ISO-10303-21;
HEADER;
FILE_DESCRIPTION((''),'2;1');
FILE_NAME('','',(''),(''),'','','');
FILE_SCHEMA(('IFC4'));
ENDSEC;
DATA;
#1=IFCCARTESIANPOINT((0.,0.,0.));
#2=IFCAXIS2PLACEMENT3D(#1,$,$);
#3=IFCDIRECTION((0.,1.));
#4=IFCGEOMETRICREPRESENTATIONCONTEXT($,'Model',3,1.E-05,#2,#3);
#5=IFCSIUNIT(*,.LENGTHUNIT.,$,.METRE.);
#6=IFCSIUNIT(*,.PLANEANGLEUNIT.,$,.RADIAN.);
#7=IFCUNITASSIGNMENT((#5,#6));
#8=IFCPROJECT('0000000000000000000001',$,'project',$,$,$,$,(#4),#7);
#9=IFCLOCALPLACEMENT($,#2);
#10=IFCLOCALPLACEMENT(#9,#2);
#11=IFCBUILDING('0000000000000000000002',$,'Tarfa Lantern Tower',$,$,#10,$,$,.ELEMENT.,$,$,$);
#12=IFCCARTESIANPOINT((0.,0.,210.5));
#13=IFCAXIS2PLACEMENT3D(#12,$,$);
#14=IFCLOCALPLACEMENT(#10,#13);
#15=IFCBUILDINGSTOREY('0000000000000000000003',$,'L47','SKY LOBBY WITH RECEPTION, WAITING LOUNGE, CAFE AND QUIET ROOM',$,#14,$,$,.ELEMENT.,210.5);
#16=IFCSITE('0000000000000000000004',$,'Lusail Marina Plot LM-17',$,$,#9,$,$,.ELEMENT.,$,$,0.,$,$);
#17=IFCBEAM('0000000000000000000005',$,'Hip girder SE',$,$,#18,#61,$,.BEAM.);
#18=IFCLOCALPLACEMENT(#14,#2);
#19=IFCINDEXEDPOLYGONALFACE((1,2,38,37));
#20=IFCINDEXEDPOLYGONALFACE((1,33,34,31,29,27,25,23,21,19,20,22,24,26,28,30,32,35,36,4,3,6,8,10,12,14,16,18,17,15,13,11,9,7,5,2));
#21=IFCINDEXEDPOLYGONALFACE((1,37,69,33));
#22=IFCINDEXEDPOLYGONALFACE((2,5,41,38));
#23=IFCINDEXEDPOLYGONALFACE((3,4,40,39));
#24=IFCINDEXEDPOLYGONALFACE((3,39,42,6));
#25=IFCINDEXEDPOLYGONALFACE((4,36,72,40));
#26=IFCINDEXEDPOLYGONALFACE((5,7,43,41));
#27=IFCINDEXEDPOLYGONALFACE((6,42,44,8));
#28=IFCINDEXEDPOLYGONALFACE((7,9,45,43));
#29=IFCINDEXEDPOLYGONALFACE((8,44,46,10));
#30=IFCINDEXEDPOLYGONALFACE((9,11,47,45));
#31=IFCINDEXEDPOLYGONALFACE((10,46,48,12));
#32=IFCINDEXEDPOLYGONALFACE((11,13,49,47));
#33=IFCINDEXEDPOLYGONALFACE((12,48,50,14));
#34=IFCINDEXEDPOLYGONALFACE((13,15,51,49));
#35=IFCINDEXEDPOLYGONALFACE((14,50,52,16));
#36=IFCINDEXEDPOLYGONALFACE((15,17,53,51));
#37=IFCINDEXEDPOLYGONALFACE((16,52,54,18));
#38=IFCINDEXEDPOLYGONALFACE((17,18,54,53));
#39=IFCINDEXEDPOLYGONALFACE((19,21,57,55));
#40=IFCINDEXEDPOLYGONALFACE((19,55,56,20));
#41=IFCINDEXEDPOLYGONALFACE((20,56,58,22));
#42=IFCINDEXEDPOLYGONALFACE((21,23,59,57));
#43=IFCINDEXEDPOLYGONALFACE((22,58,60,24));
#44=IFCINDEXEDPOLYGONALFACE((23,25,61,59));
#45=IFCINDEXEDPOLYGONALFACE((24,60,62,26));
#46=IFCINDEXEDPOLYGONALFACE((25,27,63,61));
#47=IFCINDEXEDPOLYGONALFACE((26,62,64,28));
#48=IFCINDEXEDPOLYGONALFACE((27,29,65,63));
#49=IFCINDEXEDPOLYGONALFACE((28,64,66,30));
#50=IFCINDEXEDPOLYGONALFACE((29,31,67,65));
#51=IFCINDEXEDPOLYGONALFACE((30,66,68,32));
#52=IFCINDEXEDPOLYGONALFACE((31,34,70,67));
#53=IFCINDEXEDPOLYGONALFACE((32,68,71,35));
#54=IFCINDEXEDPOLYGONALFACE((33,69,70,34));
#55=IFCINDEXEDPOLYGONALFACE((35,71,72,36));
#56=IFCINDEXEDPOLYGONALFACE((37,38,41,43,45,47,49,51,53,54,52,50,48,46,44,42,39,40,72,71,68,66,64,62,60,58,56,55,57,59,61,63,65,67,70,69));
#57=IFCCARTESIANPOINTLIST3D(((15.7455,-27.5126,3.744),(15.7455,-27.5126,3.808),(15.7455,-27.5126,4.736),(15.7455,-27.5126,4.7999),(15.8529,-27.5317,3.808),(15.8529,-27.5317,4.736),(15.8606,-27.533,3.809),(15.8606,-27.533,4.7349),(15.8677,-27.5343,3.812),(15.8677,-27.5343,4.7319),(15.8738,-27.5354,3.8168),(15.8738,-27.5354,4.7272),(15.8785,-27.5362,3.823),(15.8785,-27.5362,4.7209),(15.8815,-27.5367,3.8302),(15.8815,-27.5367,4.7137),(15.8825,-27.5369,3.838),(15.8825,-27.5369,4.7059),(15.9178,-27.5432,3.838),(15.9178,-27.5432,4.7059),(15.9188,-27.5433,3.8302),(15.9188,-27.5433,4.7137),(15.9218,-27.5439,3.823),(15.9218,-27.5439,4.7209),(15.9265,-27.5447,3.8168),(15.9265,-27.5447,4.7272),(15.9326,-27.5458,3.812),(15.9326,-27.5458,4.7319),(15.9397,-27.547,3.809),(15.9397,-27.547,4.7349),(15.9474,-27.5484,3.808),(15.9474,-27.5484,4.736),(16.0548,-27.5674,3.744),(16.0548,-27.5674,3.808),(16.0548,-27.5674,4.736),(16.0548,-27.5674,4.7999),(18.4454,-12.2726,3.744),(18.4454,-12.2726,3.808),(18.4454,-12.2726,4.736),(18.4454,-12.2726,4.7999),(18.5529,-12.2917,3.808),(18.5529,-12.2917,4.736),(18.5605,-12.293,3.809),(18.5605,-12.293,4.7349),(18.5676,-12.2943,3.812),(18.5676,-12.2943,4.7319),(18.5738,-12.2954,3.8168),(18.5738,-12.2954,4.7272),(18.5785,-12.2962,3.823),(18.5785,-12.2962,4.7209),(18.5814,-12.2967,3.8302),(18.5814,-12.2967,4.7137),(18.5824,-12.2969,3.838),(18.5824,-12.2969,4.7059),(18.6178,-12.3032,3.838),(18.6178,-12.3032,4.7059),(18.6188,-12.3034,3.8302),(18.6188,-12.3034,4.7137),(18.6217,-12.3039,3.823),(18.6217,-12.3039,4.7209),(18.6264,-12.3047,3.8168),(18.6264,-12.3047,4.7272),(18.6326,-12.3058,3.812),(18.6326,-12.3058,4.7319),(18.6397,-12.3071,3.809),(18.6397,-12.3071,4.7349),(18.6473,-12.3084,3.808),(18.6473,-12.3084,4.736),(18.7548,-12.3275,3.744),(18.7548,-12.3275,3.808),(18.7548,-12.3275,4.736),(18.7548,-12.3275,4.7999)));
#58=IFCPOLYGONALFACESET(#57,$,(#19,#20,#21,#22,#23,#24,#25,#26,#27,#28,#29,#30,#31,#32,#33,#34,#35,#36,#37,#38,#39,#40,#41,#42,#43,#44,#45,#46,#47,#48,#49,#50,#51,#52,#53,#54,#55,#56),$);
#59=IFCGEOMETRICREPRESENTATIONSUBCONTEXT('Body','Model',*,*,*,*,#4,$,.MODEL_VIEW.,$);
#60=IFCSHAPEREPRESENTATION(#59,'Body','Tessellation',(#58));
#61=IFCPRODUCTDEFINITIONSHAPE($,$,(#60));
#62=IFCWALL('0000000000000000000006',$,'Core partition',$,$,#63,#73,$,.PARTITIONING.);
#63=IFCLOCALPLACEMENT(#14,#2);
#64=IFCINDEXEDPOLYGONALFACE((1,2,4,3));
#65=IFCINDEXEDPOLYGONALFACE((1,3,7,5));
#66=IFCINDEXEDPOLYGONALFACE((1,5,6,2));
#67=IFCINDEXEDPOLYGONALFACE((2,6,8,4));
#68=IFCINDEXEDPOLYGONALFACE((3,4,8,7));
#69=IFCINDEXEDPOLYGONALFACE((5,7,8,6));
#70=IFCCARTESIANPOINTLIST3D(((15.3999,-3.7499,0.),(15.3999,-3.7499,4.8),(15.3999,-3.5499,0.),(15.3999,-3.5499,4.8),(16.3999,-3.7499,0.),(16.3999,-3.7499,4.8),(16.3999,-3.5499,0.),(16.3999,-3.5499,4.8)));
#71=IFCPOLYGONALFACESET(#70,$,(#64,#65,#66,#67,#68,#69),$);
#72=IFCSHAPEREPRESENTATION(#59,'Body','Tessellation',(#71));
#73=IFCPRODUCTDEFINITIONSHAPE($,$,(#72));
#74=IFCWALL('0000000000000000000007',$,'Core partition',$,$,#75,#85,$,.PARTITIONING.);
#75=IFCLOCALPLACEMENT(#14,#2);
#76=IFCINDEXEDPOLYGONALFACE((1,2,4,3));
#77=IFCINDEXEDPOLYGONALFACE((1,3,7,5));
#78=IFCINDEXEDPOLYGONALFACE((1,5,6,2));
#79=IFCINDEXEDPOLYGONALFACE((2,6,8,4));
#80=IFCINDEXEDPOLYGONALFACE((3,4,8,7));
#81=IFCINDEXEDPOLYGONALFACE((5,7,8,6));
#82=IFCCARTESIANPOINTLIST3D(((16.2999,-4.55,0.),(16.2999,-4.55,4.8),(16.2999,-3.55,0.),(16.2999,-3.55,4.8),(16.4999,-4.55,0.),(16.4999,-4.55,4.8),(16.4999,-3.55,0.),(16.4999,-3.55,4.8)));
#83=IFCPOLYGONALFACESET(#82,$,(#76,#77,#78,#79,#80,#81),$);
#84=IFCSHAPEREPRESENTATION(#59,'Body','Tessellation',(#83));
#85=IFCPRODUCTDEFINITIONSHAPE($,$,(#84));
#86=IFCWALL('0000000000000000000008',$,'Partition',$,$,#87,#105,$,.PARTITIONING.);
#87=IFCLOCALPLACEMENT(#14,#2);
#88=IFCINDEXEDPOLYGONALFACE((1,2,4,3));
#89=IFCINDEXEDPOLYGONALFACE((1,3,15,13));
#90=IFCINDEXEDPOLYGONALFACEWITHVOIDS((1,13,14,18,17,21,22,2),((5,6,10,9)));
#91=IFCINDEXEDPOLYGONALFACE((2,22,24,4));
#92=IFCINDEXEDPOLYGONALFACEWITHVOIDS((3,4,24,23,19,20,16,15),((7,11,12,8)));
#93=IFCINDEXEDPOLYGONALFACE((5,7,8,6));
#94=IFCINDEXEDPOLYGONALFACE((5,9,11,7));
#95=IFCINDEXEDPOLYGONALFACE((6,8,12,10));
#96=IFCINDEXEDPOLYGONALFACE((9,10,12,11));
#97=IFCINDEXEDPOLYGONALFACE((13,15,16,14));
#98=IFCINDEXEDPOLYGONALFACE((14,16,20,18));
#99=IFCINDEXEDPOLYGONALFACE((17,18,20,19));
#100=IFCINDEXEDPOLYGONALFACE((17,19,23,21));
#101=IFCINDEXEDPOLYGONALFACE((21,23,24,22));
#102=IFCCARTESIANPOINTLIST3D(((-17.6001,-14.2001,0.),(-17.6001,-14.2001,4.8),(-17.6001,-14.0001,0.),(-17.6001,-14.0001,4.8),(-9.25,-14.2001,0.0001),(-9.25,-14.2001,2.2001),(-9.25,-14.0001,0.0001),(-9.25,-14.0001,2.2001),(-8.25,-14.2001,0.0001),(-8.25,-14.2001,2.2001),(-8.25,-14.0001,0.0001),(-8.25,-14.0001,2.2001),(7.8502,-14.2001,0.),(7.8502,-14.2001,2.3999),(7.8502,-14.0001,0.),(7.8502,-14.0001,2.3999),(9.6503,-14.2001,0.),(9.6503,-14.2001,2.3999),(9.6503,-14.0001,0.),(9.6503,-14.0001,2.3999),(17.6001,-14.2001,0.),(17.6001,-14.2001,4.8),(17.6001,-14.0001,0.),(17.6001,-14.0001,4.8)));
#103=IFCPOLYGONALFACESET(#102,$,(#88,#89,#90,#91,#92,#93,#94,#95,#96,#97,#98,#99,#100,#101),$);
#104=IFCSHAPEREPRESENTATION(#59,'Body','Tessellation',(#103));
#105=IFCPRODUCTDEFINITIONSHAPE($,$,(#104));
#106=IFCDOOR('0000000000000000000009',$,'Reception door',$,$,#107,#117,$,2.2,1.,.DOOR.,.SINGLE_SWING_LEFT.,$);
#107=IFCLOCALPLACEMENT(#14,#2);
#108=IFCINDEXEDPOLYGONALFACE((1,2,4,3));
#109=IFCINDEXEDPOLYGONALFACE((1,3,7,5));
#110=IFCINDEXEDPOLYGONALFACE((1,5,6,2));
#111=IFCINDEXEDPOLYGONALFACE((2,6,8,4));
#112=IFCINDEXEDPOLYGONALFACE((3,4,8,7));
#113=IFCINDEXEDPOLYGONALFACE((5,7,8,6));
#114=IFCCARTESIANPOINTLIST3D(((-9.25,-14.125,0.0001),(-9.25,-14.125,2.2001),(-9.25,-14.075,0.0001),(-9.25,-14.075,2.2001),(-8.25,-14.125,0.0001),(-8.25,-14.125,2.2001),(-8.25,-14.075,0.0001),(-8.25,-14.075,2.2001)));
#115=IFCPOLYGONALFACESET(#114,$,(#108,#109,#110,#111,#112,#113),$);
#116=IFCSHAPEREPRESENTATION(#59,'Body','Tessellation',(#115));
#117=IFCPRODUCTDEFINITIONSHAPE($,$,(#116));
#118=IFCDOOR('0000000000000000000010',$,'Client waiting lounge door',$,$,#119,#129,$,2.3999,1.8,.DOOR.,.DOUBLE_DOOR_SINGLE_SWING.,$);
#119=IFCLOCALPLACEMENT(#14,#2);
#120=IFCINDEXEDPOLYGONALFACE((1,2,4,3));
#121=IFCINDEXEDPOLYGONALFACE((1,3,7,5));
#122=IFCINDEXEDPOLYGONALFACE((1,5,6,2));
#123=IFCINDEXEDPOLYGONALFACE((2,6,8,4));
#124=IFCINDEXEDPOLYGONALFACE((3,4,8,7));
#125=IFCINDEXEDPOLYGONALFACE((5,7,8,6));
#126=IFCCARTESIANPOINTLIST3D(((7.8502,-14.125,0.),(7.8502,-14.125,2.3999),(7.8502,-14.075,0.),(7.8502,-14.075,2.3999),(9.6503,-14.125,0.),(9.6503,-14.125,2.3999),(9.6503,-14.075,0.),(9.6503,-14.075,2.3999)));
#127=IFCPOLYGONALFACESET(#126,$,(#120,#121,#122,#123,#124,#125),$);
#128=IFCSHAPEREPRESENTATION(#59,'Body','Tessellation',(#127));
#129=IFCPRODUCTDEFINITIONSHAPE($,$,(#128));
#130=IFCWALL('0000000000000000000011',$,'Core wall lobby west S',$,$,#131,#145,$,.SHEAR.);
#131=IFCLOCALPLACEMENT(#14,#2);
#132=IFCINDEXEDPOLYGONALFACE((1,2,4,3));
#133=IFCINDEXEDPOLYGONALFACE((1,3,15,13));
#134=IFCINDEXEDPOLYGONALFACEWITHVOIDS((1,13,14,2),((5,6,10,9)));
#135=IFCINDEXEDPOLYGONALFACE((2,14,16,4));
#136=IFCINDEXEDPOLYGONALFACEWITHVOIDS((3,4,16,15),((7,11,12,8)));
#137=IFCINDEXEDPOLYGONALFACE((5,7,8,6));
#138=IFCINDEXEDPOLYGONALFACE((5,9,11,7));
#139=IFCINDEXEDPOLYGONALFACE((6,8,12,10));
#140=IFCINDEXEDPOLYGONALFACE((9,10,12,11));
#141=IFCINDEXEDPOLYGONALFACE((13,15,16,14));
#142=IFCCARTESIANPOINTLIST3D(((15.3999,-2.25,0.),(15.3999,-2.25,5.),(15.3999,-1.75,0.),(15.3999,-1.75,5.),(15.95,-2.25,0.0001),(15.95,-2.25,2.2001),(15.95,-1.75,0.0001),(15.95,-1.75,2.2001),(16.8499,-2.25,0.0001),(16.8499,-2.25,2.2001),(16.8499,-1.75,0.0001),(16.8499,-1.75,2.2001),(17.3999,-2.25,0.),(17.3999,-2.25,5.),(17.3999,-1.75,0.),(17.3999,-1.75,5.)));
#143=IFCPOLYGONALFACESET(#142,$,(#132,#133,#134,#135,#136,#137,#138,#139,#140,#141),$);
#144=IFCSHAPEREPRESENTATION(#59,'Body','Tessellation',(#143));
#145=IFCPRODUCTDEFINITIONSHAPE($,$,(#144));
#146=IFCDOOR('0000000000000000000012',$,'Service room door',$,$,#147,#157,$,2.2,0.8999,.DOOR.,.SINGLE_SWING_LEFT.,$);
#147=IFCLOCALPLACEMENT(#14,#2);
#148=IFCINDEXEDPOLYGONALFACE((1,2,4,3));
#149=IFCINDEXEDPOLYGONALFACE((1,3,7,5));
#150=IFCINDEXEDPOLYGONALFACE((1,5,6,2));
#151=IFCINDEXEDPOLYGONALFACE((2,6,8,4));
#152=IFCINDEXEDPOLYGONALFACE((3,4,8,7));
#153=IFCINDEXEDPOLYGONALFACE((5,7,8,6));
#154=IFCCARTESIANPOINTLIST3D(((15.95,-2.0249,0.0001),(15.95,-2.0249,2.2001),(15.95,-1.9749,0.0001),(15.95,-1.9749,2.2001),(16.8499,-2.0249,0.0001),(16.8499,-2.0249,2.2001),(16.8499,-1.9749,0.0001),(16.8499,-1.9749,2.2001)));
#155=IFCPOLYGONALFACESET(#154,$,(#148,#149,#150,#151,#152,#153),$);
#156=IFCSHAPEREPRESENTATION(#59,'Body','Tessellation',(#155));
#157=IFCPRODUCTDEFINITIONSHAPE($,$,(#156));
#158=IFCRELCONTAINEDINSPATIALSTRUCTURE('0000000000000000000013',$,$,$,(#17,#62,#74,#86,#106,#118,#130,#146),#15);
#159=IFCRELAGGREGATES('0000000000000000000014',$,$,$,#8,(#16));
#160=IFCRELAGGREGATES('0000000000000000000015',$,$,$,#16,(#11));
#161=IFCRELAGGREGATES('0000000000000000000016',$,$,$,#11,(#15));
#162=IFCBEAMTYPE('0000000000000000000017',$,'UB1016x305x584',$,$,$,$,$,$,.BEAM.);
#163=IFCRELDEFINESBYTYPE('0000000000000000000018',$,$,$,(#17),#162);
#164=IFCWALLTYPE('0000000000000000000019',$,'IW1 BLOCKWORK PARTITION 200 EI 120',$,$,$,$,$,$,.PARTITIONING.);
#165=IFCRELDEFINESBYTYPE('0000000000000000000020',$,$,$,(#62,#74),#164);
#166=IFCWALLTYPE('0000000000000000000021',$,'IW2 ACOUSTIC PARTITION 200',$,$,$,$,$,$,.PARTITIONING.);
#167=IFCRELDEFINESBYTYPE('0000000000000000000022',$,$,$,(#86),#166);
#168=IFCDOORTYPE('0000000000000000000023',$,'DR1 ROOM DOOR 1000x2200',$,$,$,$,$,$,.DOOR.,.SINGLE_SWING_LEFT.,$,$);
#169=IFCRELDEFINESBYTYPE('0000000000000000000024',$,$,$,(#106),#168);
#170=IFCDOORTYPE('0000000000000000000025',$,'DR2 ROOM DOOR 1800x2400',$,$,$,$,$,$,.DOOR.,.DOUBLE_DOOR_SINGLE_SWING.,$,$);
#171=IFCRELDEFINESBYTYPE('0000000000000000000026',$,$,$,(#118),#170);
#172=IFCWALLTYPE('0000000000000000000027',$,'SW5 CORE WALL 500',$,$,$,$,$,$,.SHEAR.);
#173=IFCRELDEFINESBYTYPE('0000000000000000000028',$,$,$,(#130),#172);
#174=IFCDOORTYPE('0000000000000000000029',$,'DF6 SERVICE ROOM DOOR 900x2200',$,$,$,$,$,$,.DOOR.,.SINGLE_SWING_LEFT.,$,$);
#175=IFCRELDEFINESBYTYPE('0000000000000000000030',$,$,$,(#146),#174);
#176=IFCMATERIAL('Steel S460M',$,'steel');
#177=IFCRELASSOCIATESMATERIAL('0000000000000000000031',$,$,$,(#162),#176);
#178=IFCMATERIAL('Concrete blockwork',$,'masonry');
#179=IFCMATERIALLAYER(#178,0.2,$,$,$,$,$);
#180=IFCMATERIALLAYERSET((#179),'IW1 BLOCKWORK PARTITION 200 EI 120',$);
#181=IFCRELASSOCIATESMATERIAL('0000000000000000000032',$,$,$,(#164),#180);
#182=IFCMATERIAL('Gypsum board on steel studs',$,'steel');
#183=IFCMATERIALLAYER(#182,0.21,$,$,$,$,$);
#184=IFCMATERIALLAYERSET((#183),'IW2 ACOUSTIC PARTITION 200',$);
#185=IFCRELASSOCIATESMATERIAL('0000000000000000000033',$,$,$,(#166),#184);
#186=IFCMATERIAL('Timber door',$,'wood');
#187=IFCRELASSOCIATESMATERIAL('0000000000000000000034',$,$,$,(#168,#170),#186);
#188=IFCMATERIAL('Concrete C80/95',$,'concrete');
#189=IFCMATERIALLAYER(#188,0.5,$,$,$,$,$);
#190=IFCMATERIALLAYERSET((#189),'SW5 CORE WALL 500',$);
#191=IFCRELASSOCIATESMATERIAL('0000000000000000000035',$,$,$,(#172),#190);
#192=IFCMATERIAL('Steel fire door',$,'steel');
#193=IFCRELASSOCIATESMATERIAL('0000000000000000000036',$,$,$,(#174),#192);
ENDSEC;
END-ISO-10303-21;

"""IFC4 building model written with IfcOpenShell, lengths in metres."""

from ifc_helpers import new_model, si_unit, direction, frame, frame_2d, origin, origin_2d, place, context, subcontext, project, spatial, rectangle, i_section, extrude, material, layer, layer_set, material_profile, profile_set, type_object, element, fill, save


model = new_model("IFC4")

# Units and contexts
model_context = context("Model", 3, precision=1e-05, world=origin(), true_north=direction((0.0, 1.0)))
body_context = subcontext(model_context, "Body", "Model", "MODEL_VIEW")
ifc_project = project(units=[si_unit("LENGTHUNIT", "METRE"), si_unit("PLANEANGLEUNIT", "RADIAN")], contexts=[model_context])

# Site, building, storey
site_placement = place(None, origin())
site = spatial("IfcSite", under=ifc_project, at=site_placement, Name="Lusail Marina Plot LM-17", CompositionType="ELEMENT", RefElevation=0.0)
building_placement = place(site_placement, origin())
building = spatial("IfcBuilding", under=site, at=building_placement, Name="Tarfa Lantern Tower", CompositionType="ELEMENT")
storey_placement = place(building_placement, frame((0.0, 0.0, 210.5)))
storey = spatial("IfcBuildingStorey", under=building, at=storey_placement, Name="L47", Description="SKY LOBBY WITH RECEPTION, WAITING LOUNGE, CAFE AND QUIET ROOM", CompositionType="ELEMENT", Elevation=210.5)

# Beam
ifc_material_1 = material(Name="Steel S460M", Category="steel")
ifc_material_profile = material_profile(ifc_material_1, i_section(OverallWidth=0.3142, OverallDepth=1.0559, WebThickness=0.0359, FlangeThickness=0.064, FilletRadius=0.03, at=origin_2d()), Name="UB1016x305x584")
ifc_profile_set = profile_set([ifc_material_profile], Name="Steel S460M")
beam_type = type_object("IfcBeamType", Name="UB1016x305x584", PredefinedType="BEAM", material=ifc_profile_set)
beam_placement = place(storey_placement, frame((18.6001, -12.3, 4.272), z_axis=(-0.174446, -0.984667, 0.0), x_axis=(0.984667, -0.174446, 0.0)))
element("IfcBeam", 1, at=beam_placement, inside=storey, type_object=beam_type, Name="Hip girder SE", PredefinedType="BEAM", context=body_context, shape_type="SweptSolid", body=[
    extrude(i_section(OverallWidth=0.3142, OverallDepth=1.0559, WebThickness=0.0359, FlangeThickness=0.064, FilletRadius=0.03, at=origin_2d()), origin(), (0.0, 0.0, 1.0), 15.4773),
])

# Walls
ifc_material_2 = material(Name="Concrete blockwork", Category="masonry")
ifc_layer_1 = layer(ifc_material_2, 0.2)
ifc_layer_set_1 = layer_set([ifc_layer_1], Name="IW1 BLOCKWORK PARTITION 200 EI 120")
wall_type_1 = type_object("IfcWallType", Name="IW1 BLOCKWORK PARTITION 200 EI 120", PredefinedType="PARTITIONING", material=ifc_layer_set_1)
for number, where, z_axis, x_axis, name in (
    (2, (16.3999, -3.6499, 0.0), (0.0, 0.0, 1.0), (-1.0, 0.0, 0.0), "Core partition"),
    (3, (16.3999, -3.55, 0.0), (0.0, 0.0, 1.0), (0.0, -1.0, 0.0), "Core partition"),
):
    element("IfcWall", number, at=place(storey_placement, frame(where, z_axis=z_axis, x_axis=x_axis)), inside=storey, type_object=wall_type_1, Name=name, PredefinedType="PARTITIONING", context=body_context, shape_type="SweptSolid", body=[
        extrude(rectangle(XDim=1.0, YDim=0.2, at=frame_2d((0.5, 0.0))), origin(), (0.0, 0.0, 1.0), 4.8),
    ])

# Wall, openings, doors
ifc_material_3 = material(Name="Gypsum board on steel studs", Category="steel")
ifc_layer_2 = layer(ifc_material_3, 0.21)
ifc_layer_set_2 = layer_set([ifc_layer_2], Name="IW2 ACOUSTIC PARTITION 200")
wall_type_2 = type_object("IfcWallType", Name="IW2 ACOUSTIC PARTITION 200", PredefinedType="PARTITIONING", material=ifc_layer_set_2)
wall_1_placement = place(storey_placement, frame((17.6001, -14.1001, 0.0), z_axis=(0.0, 0.0, 1.0), x_axis=(-1.0, 0.0, 0.0)))
wall_1 = element("IfcWall", 4, at=wall_1_placement, inside=storey, type_object=wall_type_2, Name="Partition", PredefinedType="PARTITIONING", context=body_context, shape_type="SweptSolid", body=[
    extrude(rectangle(XDim=35.2002, YDim=0.2, at=frame_2d((17.6001, 0.0))), origin(), (0.0, 0.0, 1.0), 4.8),
])
opening_1_placement = place(wall_1_placement, frame((7.95, 0.0, 0.0)))
opening_1 = element("IfcOpeningElement", 5, at=opening_1_placement, cuts=wall_1, PredefinedType="OPENING", context=body_context, shape_type="SweptSolid", body=[
    extrude(rectangle(XDim=1.8, YDim=2.3999, at=frame_2d((0.8999, 1.2))), frame((0.0, 0.1099, 0.0), z_axis=(0.0, -1.0, 0.0), x_axis=(1.0, 0.0, 0.0)), (0.0, 0.0, 1.0), 0.22),
])
opening_2_placement = place(wall_1_placement, frame((25.8501, 0.0, 0.0)))
opening_2 = element("IfcOpeningElement", 6, at=opening_2_placement, cuts=wall_1, PredefinedType="OPENING", context=body_context, shape_type="SweptSolid", body=[
    extrude(rectangle(XDim=1.0, YDim=2.2, at=frame_2d((0.5, 1.1001))), frame((0.0, 0.1099, 0.0), z_axis=(0.0, -1.0, 0.0), x_axis=(1.0, 0.0, 0.0)), (0.0, 0.0, 1.0), 0.22),
])
ifc_material_4 = material(Name="Timber door", Category="wood")
door_type_1 = type_object("IfcDoorType", Name="DR1 ROOM DOOR 1000x2200", OperationType="SINGLE_SWING_LEFT", PredefinedType="DOOR", material=ifc_material_4)
door_1_placement = place(opening_2_placement, origin())
door_1 = element("IfcDoor", 7, at=door_1_placement, inside=storey, type_object=door_type_1, Name="Reception door", OperationType="SINGLE_SWING_LEFT", OverallHeight=2.2, OverallWidth=1.0, PredefinedType="DOOR", context=body_context, shape_type="SweptSolid", body=[
    extrude(rectangle(XDim=1.0, YDim=2.2, at=frame_2d((0.5, 1.1001))), frame((0.0, 0.0249, 0.0), z_axis=(0.0, -1.0, 0.0), x_axis=(1.0, 0.0, 0.0)), (0.0, 0.0, 1.0), 0.05),
])
fill(opening_2, door_1)
door_type_2 = type_object("IfcDoorType", Name="DR2 ROOM DOOR 1800x2400", OperationType="DOUBLE_DOOR_SINGLE_SWING", PredefinedType="DOOR", material=ifc_material_4)
door_2_placement = place(opening_1_placement, origin())
door_2 = element("IfcDoor", 8, at=door_2_placement, inside=storey, type_object=door_type_2, Name="Client waiting lounge door", OperationType="DOUBLE_DOOR_SINGLE_SWING", OverallHeight=2.3999, OverallWidth=1.8, PredefinedType="DOOR", context=body_context, shape_type="SweptSolid", body=[
    extrude(rectangle(XDim=1.8, YDim=2.3999, at=frame_2d((0.8999, 1.2))), frame((0.0, 0.0249, 0.0), z_axis=(0.0, -1.0, 0.0), x_axis=(1.0, 0.0, 0.0)), (0.0, 0.0, 1.0), 0.05),
])
fill(opening_1, door_2)

# Wall, opening, door
ifc_material_5 = material(Name="Concrete C80/95", Category="concrete")
ifc_material_6 = material(Name="Steel fire door", Category="steel")
ifc_layer_3 = layer(ifc_material_5, 0.5)
ifc_layer_set_3 = layer_set([ifc_layer_3], Name="SW5 CORE WALL 500")
wall_type_3 = type_object("IfcWallType", Name="SW5 CORE WALL 500", PredefinedType="SHEAR", material=ifc_layer_set_3)
wall_2_placement = place(storey_placement, frame((17.3999, -2.0, 0.0), z_axis=(0.0, 0.0, 1.0), x_axis=(-1.0, 0.0, 0.0)))
wall_2 = element("IfcWall", 9, at=wall_2_placement, inside=storey, type_object=wall_type_3, Name="Core wall lobby west S", PredefinedType="SHEAR", context=body_context, shape_type="SweptSolid", body=[
    extrude(rectangle(XDim=2.0, YDim=0.5, at=frame_2d((1.0, 0.0))), origin(), (0.0, 0.0, 1.0), 5.0),
])
opening_3_placement = place(wall_2_placement, frame((0.55, 0.0, 0.0)))
opening_3 = element("IfcOpeningElement", 10, at=opening_3_placement, cuts=wall_2, PredefinedType="OPENING", context=body_context, shape_type="SweptSolid", body=[
    extrude(rectangle(XDim=0.8999, YDim=2.2, at=frame_2d((0.45, 1.1001))), frame((0.0, 0.26, 0.0), z_axis=(0.0, -1.0, 0.0), x_axis=(1.0, 0.0, 0.0)), (0.0, 0.0, 1.0), 0.52),
])
door_type_3 = type_object("IfcDoorType", Name="DF6 SERVICE ROOM DOOR 900x2200", OperationType="SINGLE_SWING_LEFT", PredefinedType="DOOR", material=ifc_material_6)
door_3_placement = place(opening_3_placement, origin())
door_3 = element("IfcDoor", 11, at=door_3_placement, inside=storey, type_object=door_type_3, Name="Service room door", OperationType="SINGLE_SWING_LEFT", OverallHeight=2.2, OverallWidth=0.8999, PredefinedType="DOOR", context=body_context, shape_type="SweptSolid", body=[
    extrude(rectangle(XDim=0.8999, YDim=2.2, at=frame_2d((0.45, 1.1001))), frame((0.0, 0.0249, 0.0), z_axis=(0.0, -1.0, 0.0), x_axis=(1.0, 0.0, 0.0)), (0.0, 0.0, 1.0), 0.05),
])
fill(opening_3, door_3)

save(model, "model.ifc")
